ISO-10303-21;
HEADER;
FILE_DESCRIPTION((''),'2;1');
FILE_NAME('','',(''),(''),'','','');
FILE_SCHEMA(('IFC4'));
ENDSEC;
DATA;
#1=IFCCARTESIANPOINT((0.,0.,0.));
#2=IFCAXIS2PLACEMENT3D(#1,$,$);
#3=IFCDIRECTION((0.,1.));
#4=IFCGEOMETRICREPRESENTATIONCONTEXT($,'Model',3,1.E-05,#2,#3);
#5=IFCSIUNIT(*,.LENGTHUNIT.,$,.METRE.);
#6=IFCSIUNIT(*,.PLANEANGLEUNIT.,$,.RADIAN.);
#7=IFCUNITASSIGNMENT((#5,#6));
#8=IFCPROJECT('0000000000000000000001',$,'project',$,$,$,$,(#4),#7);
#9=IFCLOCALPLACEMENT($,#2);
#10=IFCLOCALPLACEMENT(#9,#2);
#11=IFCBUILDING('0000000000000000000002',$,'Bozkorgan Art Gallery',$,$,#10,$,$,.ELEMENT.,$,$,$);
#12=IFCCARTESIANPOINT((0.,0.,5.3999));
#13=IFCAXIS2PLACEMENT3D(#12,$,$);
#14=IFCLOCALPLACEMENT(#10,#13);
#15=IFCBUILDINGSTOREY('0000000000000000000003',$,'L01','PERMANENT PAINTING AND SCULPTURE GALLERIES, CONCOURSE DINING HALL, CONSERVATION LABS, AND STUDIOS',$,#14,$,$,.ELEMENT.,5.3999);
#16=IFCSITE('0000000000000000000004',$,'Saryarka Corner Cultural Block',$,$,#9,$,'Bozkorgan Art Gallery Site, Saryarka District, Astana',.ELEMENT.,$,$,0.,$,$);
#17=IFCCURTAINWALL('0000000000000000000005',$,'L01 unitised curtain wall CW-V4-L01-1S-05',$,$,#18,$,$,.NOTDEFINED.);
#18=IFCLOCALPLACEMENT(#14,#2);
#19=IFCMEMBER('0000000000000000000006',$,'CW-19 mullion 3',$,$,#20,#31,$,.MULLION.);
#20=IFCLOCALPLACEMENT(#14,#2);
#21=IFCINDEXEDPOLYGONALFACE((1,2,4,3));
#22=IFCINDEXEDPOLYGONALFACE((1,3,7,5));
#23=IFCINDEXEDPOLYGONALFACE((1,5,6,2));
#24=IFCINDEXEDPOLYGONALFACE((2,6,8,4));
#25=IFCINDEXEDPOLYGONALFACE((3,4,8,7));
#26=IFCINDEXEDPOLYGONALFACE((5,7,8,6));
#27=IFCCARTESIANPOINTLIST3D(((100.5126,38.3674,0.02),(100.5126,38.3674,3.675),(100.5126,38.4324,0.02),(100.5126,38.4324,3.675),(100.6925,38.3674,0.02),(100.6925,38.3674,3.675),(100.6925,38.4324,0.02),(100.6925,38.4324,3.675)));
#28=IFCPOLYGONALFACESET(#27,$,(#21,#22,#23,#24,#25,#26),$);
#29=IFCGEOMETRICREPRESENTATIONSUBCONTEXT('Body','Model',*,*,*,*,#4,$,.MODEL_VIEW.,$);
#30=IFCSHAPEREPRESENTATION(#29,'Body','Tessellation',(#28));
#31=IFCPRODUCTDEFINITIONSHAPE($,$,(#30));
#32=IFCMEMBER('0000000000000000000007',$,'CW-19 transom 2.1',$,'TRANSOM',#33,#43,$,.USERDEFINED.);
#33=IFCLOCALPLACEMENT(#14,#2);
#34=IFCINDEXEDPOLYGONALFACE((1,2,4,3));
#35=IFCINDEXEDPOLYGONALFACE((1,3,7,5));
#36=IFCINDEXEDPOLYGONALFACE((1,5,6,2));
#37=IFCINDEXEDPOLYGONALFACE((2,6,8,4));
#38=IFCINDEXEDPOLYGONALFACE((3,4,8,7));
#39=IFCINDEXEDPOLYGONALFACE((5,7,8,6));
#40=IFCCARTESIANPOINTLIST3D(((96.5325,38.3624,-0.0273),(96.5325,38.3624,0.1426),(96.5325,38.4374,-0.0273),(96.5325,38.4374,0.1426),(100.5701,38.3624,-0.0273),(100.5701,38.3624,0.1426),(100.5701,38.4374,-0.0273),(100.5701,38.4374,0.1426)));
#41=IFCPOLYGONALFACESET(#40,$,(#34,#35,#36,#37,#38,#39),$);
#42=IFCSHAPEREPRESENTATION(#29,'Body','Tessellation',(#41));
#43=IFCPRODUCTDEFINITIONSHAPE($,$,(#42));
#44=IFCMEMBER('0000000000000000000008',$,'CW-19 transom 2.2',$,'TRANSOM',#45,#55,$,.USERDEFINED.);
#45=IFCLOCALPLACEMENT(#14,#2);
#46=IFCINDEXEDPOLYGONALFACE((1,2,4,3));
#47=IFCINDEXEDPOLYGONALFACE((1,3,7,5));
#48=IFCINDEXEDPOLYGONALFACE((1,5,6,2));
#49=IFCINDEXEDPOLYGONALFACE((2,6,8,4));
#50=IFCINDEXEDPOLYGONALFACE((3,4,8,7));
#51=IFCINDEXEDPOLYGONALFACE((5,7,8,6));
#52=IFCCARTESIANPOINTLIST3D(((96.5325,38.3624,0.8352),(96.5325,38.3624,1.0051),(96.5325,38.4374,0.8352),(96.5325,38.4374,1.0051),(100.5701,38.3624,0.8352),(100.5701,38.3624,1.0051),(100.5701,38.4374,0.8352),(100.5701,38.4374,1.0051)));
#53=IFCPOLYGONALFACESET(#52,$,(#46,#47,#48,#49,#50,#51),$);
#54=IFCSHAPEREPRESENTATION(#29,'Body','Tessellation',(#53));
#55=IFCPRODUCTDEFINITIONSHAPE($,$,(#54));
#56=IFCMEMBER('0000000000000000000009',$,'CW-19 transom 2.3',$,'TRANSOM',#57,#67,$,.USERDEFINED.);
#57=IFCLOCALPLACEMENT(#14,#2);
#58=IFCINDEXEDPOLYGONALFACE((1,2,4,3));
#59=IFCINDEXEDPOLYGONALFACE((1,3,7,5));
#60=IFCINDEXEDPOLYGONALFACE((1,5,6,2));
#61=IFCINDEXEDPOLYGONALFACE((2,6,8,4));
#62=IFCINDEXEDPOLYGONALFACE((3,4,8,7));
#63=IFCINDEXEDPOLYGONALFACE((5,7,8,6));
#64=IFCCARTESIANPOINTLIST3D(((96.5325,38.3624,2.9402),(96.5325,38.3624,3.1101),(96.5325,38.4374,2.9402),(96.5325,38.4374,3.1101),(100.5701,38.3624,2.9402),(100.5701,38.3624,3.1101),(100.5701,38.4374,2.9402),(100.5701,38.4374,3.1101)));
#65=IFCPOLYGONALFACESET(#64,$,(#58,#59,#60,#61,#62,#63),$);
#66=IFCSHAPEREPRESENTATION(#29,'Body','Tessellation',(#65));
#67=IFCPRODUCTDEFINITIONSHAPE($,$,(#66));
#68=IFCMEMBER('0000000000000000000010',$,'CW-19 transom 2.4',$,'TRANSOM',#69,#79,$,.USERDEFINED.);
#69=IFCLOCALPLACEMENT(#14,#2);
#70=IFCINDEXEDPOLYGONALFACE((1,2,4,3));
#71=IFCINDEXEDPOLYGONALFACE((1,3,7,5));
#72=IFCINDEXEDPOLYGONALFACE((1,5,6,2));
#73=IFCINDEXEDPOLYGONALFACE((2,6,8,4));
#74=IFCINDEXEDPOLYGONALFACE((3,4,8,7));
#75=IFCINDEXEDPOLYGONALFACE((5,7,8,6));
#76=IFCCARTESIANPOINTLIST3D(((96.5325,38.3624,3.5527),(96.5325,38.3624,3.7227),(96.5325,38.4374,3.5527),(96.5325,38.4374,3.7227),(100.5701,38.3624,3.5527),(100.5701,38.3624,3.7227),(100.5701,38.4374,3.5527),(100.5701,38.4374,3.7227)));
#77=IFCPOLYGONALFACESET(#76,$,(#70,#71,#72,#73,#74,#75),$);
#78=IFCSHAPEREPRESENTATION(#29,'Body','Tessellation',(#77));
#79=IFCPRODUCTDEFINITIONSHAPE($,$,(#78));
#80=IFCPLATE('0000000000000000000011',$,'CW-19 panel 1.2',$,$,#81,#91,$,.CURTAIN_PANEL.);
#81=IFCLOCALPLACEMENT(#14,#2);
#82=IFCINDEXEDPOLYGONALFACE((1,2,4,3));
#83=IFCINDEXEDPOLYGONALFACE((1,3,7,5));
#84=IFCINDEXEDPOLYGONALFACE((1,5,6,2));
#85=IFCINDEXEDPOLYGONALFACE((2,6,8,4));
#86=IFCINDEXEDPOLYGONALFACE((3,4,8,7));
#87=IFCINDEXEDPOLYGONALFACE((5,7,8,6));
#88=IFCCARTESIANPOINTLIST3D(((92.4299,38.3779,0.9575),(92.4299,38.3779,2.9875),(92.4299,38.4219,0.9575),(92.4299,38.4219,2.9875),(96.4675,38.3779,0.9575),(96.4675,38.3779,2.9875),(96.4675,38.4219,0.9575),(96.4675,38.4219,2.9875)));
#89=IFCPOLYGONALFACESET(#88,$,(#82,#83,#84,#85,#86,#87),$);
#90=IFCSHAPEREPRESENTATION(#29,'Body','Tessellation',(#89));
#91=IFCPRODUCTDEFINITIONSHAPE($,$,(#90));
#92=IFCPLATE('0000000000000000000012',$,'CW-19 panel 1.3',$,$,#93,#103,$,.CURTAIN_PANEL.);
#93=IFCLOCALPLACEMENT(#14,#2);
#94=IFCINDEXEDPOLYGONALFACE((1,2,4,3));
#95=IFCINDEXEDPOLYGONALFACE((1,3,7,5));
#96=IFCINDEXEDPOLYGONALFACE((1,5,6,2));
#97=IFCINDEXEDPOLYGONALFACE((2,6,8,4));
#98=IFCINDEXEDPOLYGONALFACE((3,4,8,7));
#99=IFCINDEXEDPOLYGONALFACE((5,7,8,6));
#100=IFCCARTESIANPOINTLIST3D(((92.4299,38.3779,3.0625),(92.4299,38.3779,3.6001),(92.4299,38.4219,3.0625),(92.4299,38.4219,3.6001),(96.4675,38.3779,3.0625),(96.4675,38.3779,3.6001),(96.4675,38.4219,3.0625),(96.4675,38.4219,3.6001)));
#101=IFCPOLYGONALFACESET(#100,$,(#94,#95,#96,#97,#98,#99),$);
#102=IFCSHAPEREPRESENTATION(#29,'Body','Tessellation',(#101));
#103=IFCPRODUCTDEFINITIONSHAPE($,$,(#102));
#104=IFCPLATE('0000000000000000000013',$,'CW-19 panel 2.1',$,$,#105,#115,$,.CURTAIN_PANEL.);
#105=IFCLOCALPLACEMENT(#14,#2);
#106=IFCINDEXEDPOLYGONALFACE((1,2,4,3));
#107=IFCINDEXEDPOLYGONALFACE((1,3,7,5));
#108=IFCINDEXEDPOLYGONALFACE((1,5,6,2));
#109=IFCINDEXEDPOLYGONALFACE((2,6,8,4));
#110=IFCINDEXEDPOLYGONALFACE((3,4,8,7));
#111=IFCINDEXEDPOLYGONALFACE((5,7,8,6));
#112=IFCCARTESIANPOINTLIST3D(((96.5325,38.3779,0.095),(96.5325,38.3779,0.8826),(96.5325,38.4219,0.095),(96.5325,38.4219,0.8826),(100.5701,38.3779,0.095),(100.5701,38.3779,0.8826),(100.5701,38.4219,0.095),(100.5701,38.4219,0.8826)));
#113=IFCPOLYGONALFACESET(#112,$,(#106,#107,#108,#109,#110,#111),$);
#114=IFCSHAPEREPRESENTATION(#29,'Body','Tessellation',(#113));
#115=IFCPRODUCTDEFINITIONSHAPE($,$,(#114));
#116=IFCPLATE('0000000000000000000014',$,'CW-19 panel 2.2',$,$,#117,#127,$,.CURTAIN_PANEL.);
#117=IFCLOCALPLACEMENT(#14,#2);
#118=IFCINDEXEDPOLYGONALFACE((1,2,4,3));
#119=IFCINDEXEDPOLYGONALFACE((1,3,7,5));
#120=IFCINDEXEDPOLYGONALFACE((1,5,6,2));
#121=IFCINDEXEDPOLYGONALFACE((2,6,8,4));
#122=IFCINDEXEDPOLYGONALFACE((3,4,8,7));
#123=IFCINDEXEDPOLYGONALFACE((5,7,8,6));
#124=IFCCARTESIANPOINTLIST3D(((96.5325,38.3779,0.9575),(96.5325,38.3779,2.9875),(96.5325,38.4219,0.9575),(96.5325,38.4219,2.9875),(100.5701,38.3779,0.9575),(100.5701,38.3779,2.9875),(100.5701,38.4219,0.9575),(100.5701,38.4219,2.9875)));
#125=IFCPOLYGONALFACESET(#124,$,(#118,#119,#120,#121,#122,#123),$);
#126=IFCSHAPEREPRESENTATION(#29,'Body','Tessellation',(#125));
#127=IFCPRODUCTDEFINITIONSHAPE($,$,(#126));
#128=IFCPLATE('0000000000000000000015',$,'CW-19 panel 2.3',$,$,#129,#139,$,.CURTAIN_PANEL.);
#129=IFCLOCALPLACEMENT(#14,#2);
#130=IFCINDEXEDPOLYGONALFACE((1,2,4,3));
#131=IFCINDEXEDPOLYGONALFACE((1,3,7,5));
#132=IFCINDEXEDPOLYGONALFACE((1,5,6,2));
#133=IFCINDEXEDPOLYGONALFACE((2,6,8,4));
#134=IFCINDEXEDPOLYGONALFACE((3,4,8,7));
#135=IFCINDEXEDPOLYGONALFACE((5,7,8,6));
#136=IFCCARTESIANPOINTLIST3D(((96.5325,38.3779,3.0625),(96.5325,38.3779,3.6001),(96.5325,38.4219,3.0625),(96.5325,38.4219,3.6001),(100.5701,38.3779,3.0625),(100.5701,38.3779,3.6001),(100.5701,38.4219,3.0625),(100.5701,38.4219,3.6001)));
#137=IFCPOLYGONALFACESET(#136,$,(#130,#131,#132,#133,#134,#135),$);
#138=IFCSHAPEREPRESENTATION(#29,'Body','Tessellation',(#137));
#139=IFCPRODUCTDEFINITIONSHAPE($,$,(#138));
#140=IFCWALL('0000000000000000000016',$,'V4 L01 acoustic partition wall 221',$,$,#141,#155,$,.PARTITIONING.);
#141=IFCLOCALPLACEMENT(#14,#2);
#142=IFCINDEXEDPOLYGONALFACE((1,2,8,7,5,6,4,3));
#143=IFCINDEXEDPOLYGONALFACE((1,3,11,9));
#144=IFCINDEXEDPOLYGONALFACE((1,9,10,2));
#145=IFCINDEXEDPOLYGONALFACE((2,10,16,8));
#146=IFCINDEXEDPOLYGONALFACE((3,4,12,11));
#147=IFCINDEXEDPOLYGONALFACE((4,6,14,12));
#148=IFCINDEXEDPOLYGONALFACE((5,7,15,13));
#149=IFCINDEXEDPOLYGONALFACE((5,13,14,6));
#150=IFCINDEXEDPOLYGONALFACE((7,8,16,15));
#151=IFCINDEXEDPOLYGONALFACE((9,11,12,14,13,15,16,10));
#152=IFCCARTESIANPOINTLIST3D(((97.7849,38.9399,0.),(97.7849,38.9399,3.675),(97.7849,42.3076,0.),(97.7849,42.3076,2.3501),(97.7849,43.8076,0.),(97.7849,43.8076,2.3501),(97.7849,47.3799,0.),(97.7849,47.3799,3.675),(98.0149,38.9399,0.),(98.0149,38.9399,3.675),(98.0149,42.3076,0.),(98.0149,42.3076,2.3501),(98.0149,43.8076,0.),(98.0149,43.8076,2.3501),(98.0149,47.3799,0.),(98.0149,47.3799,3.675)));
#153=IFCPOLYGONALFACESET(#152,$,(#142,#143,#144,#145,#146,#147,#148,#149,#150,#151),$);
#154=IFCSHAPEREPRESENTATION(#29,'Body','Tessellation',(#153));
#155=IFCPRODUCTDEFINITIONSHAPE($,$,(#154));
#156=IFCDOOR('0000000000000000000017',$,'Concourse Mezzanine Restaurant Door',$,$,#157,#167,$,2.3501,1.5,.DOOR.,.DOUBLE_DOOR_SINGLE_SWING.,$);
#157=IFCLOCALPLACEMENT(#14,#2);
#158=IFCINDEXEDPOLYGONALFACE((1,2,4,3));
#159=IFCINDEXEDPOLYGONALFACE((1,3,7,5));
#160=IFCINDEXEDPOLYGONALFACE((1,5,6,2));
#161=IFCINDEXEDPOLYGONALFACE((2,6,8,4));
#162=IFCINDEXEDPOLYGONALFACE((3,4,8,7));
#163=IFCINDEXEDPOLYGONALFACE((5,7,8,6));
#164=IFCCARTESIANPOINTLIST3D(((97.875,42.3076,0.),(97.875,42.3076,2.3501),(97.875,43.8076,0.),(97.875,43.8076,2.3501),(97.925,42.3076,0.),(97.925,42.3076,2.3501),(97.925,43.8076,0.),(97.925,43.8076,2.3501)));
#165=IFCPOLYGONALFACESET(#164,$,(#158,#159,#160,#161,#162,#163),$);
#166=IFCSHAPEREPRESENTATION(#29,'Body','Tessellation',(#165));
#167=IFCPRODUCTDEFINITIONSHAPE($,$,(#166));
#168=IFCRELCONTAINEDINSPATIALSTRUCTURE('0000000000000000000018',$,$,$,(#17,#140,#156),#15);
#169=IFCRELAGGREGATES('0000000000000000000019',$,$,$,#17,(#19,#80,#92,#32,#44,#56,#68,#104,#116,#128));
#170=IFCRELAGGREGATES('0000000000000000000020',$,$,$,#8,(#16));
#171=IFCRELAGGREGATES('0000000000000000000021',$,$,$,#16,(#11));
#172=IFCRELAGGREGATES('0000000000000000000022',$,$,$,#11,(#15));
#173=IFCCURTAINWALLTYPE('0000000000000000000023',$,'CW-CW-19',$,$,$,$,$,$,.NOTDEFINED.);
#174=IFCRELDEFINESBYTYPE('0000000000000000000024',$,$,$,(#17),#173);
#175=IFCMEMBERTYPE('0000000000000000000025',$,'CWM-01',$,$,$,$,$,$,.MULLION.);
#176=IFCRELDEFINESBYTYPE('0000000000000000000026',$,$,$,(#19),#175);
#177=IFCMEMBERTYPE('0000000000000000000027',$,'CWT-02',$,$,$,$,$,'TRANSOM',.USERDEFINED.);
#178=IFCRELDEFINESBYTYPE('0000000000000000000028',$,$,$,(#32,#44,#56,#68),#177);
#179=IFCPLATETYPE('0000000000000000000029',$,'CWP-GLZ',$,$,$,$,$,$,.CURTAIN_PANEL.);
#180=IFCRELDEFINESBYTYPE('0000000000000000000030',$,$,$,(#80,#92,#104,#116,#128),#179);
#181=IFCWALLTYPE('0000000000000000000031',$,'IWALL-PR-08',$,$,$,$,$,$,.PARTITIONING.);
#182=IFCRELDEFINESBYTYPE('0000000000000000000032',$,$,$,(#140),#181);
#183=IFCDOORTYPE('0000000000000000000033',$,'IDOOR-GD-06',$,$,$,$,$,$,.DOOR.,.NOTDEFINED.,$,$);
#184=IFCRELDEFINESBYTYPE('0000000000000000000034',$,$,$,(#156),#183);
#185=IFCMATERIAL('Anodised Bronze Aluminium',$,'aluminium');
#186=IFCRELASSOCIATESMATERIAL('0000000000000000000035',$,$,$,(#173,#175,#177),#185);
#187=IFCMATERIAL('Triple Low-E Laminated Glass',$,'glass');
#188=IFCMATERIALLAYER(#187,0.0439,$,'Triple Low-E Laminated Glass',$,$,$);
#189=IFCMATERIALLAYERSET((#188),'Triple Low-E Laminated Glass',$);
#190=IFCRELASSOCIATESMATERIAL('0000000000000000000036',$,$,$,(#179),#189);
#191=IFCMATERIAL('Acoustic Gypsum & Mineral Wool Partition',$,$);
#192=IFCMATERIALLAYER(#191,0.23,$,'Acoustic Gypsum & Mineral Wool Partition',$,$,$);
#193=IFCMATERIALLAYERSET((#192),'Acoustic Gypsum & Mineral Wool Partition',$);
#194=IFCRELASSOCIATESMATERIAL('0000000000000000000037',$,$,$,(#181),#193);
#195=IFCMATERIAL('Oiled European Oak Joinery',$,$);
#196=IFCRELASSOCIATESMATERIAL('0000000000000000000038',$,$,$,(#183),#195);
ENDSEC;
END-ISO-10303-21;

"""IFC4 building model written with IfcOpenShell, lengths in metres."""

from ifc_helpers import new_model, si_unit, direction, frame, frame_2d, origin, origin_2d, place, context, subcontext, project, spatial, rectangle, extrude, material, layer, layer_set, material_profile, profile_set, type_object, element, fill, aggregate, save


model = new_model("IFC4")

# Units and contexts
model_context = context("Model", 3, precision=1e-05, world=origin(), true_north=direction((0.0, 1.0)))
body_context = subcontext(model_context, "Body", "Model", "MODEL_VIEW")
ifc_project = project(units=[si_unit("LENGTHUNIT", "METRE"), si_unit("PLANEANGLEUNIT", "RADIAN")], contexts=[model_context])

# Site, building, storey
site_placement = place(None, origin())
site = spatial("IfcSite", under=ifc_project, at=site_placement, Name="Saryarka Corner Cultural Block", LongName="Bozkorgan Art Gallery Site, Saryarka District, Astana", CompositionType="ELEMENT", RefElevation=0.0)
building_placement = place(site_placement, origin())
building = spatial("IfcBuilding", under=site, at=building_placement, Name="Bozkorgan Art Gallery", CompositionType="ELEMENT")
storey_placement = place(building_placement, frame((0.0, 0.0, 5.3999)))
storey = spatial("IfcBuildingStorey", under=building, at=storey_placement, Name="L01", Description="PERMANENT PAINTING AND SCULPTURE GALLERIES, CONCOURSE DINING HALL, CONSERVATION LABS, AND STUDIOS", CompositionType="ELEMENT", Elevation=5.3999)

# Curtain wall, members, plates
ifc_material_1 = material(Name="Anodised Bronze Aluminium", Category="aluminium")
curtain_wall_type = type_object("IfcCurtainWallType", Name="CW-CW-19", PredefinedType="NOTDEFINED", material=ifc_material_1)
curtain_wall_placement = place(storey_placement, origin())
curtain_wall = element("IfcCurtainWall", 1, at=curtain_wall_placement, inside=storey, type_object=curtain_wall_type, Name="L01 unitised curtain wall CW-V4-L01-1S-05", PredefinedType="NOTDEFINED")
ifc_material_profile_1 = material_profile(ifc_material_1, rectangle(XDim=0.0649, YDim=0.1799, at=origin_2d()), Name="ALU MULLION 65x180")
ifc_profile_set_1 = profile_set([ifc_material_profile_1], Name="Anodised Bronze Aluminium")
member_type_1 = type_object("IfcMemberType", Name="CWM-01", PredefinedType="MULLION", material=ifc_profile_set_1)
member_1_placement = place(storey_placement, frame((100.6025, 38.3999, 0.02), z_axis=(0.0, 0.0, 1.0), x_axis=(0.0, 1.0, 0.0)))
member_1 = element("IfcMember", 2, at=member_1_placement, type_object=member_type_1, Name="CW-19 mullion 3", PredefinedType="MULLION", context=body_context, shape_type="SweptSolid", body=[
    extrude(rectangle(XDim=0.0649, YDim=0.1799, at=origin_2d()), origin(), (0.0, 0.0, 1.0), 3.655),
])
ifc_material_profile_2 = material_profile(ifc_material_1, rectangle(XDim=0.075, YDim=0.1699, at=origin_2d()), Name="ALU TRANSOM 75x170")
ifc_profile_set_2 = profile_set([ifc_material_profile_2], Name="Anodised Bronze Aluminium")
member_type_2 = type_object("IfcMemberType", Name="CWT-02", ElementType="TRANSOM", PredefinedType="USERDEFINED", material=ifc_profile_set_2)
member_2_placement = place(storey_placement, frame((96.5325, 38.3999, 0.0576), z_axis=(1.0, 0.0, 0.0), x_axis=(0.0, 1.0, 0.0)))
member_2 = element("IfcMember", 3, at=member_2_placement, type_object=member_type_2, Name="CW-19 transom 2.1", ObjectType="TRANSOM", PredefinedType="USERDEFINED", context=body_context, shape_type="SweptSolid", body=[
    extrude(rectangle(XDim=0.075, YDim=0.1699, at=origin_2d()), origin(), (0.0, 0.0, 1.0), 4.0376),
])
member_3_placement = place(storey_placement, frame((96.5325, 38.3999, 0.9202), z_axis=(1.0, 0.0, 0.0), x_axis=(0.0, 1.0, 0.0)))
member_3 = element("IfcMember", 4, at=member_3_placement, type_object=member_type_2, Name="CW-19 transom 2.2", ObjectType="TRANSOM", PredefinedType="USERDEFINED", context=body_context, shape_type="SweptSolid", body=[
    extrude(rectangle(XDim=0.075, YDim=0.1699, at=origin_2d()), origin(), (0.0, 0.0, 1.0), 4.0376),
])
member_4_placement = place(storey_placement, frame((96.5325, 38.3999, 3.0251), z_axis=(1.0, 0.0, 0.0), x_axis=(0.0, 1.0, 0.0)))
member_4 = element("IfcMember", 5, at=member_4_placement, type_object=member_type_2, Name="CW-19 transom 2.3", ObjectType="TRANSOM", PredefinedType="USERDEFINED", context=body_context, shape_type="SweptSolid", body=[
    extrude(rectangle(XDim=0.075, YDim=0.1699, at=origin_2d()), origin(), (0.0, 0.0, 1.0), 4.0376),
])
member_5_placement = place(storey_placement, frame((96.5325, 38.3999, 3.6377), z_axis=(1.0, 0.0, 0.0), x_axis=(0.0, 1.0, 0.0)))
member_5 = element("IfcMember", 6, at=member_5_placement, type_object=member_type_2, Name="CW-19 transom 2.4", ObjectType="TRANSOM", PredefinedType="USERDEFINED", context=body_context, shape_type="SweptSolid", body=[
    extrude(rectangle(XDim=0.075, YDim=0.1699, at=origin_2d()), origin(), (0.0, 0.0, 1.0), 4.0376),
])
ifc_material_2 = material(Name="Triple Low-E Laminated Glass", Category="glass")
ifc_layer_1 = layer(ifc_material_2, 0.0439, Name="Triple Low-E Laminated Glass")
ifc_layer_set_1 = layer_set([ifc_layer_1], Name="Triple Low-E Laminated Glass")
plate_type = type_object("IfcPlateType", Name="CWP-GLZ", PredefinedType="CURTAIN_PANEL", material=ifc_layer_set_1)
plate_1_placement = place(storey_placement, frame((94.4487, 38.3999, 0.9575), z_axis=(0.0, 0.0, 1.0), x_axis=(1.0, 0.0, 0.0)))
plate_1 = element("IfcPlate", 7, at=plate_1_placement, type_object=plate_type, Name="CW-19 panel 1.2", PredefinedType="CURTAIN_PANEL", context=body_context, shape_type="SweptSolid", body=[
    extrude(rectangle(XDim=4.0376, YDim=0.0439, at=origin_2d()), origin(), (0.0, 0.0, 1.0), 2.03),
])
plate_2_placement = place(storey_placement, frame((94.4487, 38.3999, 3.0625), z_axis=(0.0, 0.0, 1.0), x_axis=(1.0, 0.0, 0.0)))
plate_2 = element("IfcPlate", 8, at=plate_2_placement, type_object=plate_type, Name="CW-19 panel 1.3", PredefinedType="CURTAIN_PANEL", context=body_context, shape_type="SweptSolid", body=[
    extrude(rectangle(XDim=4.0376, YDim=0.0439, at=origin_2d()), origin(), (0.0, 0.0, 1.0), 0.5376),
])
plate_3_placement = place(storey_placement, frame((98.5513, 38.3999, 0.095), z_axis=(0.0, 0.0, 1.0), x_axis=(1.0, 0.0, 0.0)))
plate_3 = element("IfcPlate", 9, at=plate_3_placement, type_object=plate_type, Name="CW-19 panel 2.1", PredefinedType="CURTAIN_PANEL", context=body_context, shape_type="SweptSolid", body=[
    extrude(rectangle(XDim=4.0376, YDim=0.0439, at=origin_2d()), origin(), (0.0, 0.0, 1.0), 0.7876),
])
plate_4_placement = place(storey_placement, frame((98.5513, 38.3999, 0.9575), z_axis=(0.0, 0.0, 1.0), x_axis=(1.0, 0.0, 0.0)))
plate_4 = element("IfcPlate", 10, at=plate_4_placement, type_object=plate_type, Name="CW-19 panel 2.2", PredefinedType="CURTAIN_PANEL", context=body_context, shape_type="SweptSolid", body=[
    extrude(rectangle(XDim=4.0376, YDim=0.0439, at=origin_2d()), origin(), (0.0, 0.0, 1.0), 2.03),
])
plate_5_placement = place(storey_placement, frame((98.5513, 38.3999, 3.0625), z_axis=(0.0, 0.0, 1.0), x_axis=(1.0, 0.0, 0.0)))
plate_5 = element("IfcPlate", 11, at=plate_5_placement, type_object=plate_type, Name="CW-19 panel 2.3", PredefinedType="CURTAIN_PANEL", context=body_context, shape_type="SweptSolid", body=[
    extrude(rectangle(XDim=4.0376, YDim=0.0439, at=origin_2d()), origin(), (0.0, 0.0, 1.0), 0.5376),
])
aggregate(curtain_wall, [member_1, plate_1, plate_2, member_2, member_3, member_4, member_5, plate_3, plate_4, plate_5])

# Wall, opening, door
ifc_material_3 = material(Name="Acoustic Gypsum & Mineral Wool Partition")
ifc_layer_2 = layer(ifc_material_3, 0.23, Name="Acoustic Gypsum & Mineral Wool Partition")
ifc_layer_set_2 = layer_set([ifc_layer_2], Name="Acoustic Gypsum & Mineral Wool Partition")
wall_type_1 = type_object("IfcWallType", Name="IWALL-PR-08", PredefinedType="PARTITIONING", material=ifc_layer_set_2)
wall_1_placement = place(storey_placement, frame((97.8999, 38.9399, 0.0), z_axis=(0.0, 0.0, 1.0), x_axis=(0.0, 1.0, 0.0)))
wall_1 = element("IfcWall", 12, at=wall_1_placement, inside=storey, type_object=wall_type_1, Name="V4 L01 acoustic partition wall 221", PredefinedType="PARTITIONING", context=body_context, shape_type="SweptSolid", body=[
    extrude(rectangle(XDim=8.4399, YDim=0.23, at=frame_2d((4.22, 0.0))), origin(), (0.0, 0.0, 1.0), 3.675),
])
opening_1_placement = place(wall_1_placement, frame((3.3677, 0.0, 0.0)))
opening_1 = element("IfcOpeningElement", 13, at=opening_1_placement, cuts=wall_1, PredefinedType="OPENING", context=body_context, shape_type="SweptSolid", body=[
    extrude(rectangle(XDim=1.5, YDim=2.3501, at=frame_2d((0.75, 1.175))), frame((0.0, 0.125, 0.0), z_axis=(0.0, -1.0, 0.0), x_axis=(1.0, 0.0, 0.0)), (0.0, 0.0, 1.0), 0.25),
])
ifc_material_4 = material(Name="Oiled European Oak Joinery")
door_type_1 = type_object("IfcDoorType", Name="IDOOR-GD-06", OperationType="NOTDEFINED", PredefinedType="DOOR", material=ifc_material_4)
door_1_placement = place(opening_1_placement, origin())
door_1 = element("IfcDoor", 14, at=door_1_placement, inside=storey, type_object=door_type_1, Name="Concourse Mezzanine Restaurant Door", OperationType="DOUBLE_DOOR_SINGLE_SWING", OverallHeight=2.3501, OverallWidth=1.5, PredefinedType="DOOR", context=body_context, shape_type="SweptSolid", body=[
    extrude(rectangle(XDim=1.5, YDim=2.3501, at=frame_2d((0.75, 1.175))), frame((0.0, 0.0249, 0.0), z_axis=(0.0, -1.0, 0.0), x_axis=(1.0, 0.0, 0.0)), (0.0, 0.0, 1.0), 0.05),
])
fill(opening_1, door_1)

save(model, "model.ifc")
